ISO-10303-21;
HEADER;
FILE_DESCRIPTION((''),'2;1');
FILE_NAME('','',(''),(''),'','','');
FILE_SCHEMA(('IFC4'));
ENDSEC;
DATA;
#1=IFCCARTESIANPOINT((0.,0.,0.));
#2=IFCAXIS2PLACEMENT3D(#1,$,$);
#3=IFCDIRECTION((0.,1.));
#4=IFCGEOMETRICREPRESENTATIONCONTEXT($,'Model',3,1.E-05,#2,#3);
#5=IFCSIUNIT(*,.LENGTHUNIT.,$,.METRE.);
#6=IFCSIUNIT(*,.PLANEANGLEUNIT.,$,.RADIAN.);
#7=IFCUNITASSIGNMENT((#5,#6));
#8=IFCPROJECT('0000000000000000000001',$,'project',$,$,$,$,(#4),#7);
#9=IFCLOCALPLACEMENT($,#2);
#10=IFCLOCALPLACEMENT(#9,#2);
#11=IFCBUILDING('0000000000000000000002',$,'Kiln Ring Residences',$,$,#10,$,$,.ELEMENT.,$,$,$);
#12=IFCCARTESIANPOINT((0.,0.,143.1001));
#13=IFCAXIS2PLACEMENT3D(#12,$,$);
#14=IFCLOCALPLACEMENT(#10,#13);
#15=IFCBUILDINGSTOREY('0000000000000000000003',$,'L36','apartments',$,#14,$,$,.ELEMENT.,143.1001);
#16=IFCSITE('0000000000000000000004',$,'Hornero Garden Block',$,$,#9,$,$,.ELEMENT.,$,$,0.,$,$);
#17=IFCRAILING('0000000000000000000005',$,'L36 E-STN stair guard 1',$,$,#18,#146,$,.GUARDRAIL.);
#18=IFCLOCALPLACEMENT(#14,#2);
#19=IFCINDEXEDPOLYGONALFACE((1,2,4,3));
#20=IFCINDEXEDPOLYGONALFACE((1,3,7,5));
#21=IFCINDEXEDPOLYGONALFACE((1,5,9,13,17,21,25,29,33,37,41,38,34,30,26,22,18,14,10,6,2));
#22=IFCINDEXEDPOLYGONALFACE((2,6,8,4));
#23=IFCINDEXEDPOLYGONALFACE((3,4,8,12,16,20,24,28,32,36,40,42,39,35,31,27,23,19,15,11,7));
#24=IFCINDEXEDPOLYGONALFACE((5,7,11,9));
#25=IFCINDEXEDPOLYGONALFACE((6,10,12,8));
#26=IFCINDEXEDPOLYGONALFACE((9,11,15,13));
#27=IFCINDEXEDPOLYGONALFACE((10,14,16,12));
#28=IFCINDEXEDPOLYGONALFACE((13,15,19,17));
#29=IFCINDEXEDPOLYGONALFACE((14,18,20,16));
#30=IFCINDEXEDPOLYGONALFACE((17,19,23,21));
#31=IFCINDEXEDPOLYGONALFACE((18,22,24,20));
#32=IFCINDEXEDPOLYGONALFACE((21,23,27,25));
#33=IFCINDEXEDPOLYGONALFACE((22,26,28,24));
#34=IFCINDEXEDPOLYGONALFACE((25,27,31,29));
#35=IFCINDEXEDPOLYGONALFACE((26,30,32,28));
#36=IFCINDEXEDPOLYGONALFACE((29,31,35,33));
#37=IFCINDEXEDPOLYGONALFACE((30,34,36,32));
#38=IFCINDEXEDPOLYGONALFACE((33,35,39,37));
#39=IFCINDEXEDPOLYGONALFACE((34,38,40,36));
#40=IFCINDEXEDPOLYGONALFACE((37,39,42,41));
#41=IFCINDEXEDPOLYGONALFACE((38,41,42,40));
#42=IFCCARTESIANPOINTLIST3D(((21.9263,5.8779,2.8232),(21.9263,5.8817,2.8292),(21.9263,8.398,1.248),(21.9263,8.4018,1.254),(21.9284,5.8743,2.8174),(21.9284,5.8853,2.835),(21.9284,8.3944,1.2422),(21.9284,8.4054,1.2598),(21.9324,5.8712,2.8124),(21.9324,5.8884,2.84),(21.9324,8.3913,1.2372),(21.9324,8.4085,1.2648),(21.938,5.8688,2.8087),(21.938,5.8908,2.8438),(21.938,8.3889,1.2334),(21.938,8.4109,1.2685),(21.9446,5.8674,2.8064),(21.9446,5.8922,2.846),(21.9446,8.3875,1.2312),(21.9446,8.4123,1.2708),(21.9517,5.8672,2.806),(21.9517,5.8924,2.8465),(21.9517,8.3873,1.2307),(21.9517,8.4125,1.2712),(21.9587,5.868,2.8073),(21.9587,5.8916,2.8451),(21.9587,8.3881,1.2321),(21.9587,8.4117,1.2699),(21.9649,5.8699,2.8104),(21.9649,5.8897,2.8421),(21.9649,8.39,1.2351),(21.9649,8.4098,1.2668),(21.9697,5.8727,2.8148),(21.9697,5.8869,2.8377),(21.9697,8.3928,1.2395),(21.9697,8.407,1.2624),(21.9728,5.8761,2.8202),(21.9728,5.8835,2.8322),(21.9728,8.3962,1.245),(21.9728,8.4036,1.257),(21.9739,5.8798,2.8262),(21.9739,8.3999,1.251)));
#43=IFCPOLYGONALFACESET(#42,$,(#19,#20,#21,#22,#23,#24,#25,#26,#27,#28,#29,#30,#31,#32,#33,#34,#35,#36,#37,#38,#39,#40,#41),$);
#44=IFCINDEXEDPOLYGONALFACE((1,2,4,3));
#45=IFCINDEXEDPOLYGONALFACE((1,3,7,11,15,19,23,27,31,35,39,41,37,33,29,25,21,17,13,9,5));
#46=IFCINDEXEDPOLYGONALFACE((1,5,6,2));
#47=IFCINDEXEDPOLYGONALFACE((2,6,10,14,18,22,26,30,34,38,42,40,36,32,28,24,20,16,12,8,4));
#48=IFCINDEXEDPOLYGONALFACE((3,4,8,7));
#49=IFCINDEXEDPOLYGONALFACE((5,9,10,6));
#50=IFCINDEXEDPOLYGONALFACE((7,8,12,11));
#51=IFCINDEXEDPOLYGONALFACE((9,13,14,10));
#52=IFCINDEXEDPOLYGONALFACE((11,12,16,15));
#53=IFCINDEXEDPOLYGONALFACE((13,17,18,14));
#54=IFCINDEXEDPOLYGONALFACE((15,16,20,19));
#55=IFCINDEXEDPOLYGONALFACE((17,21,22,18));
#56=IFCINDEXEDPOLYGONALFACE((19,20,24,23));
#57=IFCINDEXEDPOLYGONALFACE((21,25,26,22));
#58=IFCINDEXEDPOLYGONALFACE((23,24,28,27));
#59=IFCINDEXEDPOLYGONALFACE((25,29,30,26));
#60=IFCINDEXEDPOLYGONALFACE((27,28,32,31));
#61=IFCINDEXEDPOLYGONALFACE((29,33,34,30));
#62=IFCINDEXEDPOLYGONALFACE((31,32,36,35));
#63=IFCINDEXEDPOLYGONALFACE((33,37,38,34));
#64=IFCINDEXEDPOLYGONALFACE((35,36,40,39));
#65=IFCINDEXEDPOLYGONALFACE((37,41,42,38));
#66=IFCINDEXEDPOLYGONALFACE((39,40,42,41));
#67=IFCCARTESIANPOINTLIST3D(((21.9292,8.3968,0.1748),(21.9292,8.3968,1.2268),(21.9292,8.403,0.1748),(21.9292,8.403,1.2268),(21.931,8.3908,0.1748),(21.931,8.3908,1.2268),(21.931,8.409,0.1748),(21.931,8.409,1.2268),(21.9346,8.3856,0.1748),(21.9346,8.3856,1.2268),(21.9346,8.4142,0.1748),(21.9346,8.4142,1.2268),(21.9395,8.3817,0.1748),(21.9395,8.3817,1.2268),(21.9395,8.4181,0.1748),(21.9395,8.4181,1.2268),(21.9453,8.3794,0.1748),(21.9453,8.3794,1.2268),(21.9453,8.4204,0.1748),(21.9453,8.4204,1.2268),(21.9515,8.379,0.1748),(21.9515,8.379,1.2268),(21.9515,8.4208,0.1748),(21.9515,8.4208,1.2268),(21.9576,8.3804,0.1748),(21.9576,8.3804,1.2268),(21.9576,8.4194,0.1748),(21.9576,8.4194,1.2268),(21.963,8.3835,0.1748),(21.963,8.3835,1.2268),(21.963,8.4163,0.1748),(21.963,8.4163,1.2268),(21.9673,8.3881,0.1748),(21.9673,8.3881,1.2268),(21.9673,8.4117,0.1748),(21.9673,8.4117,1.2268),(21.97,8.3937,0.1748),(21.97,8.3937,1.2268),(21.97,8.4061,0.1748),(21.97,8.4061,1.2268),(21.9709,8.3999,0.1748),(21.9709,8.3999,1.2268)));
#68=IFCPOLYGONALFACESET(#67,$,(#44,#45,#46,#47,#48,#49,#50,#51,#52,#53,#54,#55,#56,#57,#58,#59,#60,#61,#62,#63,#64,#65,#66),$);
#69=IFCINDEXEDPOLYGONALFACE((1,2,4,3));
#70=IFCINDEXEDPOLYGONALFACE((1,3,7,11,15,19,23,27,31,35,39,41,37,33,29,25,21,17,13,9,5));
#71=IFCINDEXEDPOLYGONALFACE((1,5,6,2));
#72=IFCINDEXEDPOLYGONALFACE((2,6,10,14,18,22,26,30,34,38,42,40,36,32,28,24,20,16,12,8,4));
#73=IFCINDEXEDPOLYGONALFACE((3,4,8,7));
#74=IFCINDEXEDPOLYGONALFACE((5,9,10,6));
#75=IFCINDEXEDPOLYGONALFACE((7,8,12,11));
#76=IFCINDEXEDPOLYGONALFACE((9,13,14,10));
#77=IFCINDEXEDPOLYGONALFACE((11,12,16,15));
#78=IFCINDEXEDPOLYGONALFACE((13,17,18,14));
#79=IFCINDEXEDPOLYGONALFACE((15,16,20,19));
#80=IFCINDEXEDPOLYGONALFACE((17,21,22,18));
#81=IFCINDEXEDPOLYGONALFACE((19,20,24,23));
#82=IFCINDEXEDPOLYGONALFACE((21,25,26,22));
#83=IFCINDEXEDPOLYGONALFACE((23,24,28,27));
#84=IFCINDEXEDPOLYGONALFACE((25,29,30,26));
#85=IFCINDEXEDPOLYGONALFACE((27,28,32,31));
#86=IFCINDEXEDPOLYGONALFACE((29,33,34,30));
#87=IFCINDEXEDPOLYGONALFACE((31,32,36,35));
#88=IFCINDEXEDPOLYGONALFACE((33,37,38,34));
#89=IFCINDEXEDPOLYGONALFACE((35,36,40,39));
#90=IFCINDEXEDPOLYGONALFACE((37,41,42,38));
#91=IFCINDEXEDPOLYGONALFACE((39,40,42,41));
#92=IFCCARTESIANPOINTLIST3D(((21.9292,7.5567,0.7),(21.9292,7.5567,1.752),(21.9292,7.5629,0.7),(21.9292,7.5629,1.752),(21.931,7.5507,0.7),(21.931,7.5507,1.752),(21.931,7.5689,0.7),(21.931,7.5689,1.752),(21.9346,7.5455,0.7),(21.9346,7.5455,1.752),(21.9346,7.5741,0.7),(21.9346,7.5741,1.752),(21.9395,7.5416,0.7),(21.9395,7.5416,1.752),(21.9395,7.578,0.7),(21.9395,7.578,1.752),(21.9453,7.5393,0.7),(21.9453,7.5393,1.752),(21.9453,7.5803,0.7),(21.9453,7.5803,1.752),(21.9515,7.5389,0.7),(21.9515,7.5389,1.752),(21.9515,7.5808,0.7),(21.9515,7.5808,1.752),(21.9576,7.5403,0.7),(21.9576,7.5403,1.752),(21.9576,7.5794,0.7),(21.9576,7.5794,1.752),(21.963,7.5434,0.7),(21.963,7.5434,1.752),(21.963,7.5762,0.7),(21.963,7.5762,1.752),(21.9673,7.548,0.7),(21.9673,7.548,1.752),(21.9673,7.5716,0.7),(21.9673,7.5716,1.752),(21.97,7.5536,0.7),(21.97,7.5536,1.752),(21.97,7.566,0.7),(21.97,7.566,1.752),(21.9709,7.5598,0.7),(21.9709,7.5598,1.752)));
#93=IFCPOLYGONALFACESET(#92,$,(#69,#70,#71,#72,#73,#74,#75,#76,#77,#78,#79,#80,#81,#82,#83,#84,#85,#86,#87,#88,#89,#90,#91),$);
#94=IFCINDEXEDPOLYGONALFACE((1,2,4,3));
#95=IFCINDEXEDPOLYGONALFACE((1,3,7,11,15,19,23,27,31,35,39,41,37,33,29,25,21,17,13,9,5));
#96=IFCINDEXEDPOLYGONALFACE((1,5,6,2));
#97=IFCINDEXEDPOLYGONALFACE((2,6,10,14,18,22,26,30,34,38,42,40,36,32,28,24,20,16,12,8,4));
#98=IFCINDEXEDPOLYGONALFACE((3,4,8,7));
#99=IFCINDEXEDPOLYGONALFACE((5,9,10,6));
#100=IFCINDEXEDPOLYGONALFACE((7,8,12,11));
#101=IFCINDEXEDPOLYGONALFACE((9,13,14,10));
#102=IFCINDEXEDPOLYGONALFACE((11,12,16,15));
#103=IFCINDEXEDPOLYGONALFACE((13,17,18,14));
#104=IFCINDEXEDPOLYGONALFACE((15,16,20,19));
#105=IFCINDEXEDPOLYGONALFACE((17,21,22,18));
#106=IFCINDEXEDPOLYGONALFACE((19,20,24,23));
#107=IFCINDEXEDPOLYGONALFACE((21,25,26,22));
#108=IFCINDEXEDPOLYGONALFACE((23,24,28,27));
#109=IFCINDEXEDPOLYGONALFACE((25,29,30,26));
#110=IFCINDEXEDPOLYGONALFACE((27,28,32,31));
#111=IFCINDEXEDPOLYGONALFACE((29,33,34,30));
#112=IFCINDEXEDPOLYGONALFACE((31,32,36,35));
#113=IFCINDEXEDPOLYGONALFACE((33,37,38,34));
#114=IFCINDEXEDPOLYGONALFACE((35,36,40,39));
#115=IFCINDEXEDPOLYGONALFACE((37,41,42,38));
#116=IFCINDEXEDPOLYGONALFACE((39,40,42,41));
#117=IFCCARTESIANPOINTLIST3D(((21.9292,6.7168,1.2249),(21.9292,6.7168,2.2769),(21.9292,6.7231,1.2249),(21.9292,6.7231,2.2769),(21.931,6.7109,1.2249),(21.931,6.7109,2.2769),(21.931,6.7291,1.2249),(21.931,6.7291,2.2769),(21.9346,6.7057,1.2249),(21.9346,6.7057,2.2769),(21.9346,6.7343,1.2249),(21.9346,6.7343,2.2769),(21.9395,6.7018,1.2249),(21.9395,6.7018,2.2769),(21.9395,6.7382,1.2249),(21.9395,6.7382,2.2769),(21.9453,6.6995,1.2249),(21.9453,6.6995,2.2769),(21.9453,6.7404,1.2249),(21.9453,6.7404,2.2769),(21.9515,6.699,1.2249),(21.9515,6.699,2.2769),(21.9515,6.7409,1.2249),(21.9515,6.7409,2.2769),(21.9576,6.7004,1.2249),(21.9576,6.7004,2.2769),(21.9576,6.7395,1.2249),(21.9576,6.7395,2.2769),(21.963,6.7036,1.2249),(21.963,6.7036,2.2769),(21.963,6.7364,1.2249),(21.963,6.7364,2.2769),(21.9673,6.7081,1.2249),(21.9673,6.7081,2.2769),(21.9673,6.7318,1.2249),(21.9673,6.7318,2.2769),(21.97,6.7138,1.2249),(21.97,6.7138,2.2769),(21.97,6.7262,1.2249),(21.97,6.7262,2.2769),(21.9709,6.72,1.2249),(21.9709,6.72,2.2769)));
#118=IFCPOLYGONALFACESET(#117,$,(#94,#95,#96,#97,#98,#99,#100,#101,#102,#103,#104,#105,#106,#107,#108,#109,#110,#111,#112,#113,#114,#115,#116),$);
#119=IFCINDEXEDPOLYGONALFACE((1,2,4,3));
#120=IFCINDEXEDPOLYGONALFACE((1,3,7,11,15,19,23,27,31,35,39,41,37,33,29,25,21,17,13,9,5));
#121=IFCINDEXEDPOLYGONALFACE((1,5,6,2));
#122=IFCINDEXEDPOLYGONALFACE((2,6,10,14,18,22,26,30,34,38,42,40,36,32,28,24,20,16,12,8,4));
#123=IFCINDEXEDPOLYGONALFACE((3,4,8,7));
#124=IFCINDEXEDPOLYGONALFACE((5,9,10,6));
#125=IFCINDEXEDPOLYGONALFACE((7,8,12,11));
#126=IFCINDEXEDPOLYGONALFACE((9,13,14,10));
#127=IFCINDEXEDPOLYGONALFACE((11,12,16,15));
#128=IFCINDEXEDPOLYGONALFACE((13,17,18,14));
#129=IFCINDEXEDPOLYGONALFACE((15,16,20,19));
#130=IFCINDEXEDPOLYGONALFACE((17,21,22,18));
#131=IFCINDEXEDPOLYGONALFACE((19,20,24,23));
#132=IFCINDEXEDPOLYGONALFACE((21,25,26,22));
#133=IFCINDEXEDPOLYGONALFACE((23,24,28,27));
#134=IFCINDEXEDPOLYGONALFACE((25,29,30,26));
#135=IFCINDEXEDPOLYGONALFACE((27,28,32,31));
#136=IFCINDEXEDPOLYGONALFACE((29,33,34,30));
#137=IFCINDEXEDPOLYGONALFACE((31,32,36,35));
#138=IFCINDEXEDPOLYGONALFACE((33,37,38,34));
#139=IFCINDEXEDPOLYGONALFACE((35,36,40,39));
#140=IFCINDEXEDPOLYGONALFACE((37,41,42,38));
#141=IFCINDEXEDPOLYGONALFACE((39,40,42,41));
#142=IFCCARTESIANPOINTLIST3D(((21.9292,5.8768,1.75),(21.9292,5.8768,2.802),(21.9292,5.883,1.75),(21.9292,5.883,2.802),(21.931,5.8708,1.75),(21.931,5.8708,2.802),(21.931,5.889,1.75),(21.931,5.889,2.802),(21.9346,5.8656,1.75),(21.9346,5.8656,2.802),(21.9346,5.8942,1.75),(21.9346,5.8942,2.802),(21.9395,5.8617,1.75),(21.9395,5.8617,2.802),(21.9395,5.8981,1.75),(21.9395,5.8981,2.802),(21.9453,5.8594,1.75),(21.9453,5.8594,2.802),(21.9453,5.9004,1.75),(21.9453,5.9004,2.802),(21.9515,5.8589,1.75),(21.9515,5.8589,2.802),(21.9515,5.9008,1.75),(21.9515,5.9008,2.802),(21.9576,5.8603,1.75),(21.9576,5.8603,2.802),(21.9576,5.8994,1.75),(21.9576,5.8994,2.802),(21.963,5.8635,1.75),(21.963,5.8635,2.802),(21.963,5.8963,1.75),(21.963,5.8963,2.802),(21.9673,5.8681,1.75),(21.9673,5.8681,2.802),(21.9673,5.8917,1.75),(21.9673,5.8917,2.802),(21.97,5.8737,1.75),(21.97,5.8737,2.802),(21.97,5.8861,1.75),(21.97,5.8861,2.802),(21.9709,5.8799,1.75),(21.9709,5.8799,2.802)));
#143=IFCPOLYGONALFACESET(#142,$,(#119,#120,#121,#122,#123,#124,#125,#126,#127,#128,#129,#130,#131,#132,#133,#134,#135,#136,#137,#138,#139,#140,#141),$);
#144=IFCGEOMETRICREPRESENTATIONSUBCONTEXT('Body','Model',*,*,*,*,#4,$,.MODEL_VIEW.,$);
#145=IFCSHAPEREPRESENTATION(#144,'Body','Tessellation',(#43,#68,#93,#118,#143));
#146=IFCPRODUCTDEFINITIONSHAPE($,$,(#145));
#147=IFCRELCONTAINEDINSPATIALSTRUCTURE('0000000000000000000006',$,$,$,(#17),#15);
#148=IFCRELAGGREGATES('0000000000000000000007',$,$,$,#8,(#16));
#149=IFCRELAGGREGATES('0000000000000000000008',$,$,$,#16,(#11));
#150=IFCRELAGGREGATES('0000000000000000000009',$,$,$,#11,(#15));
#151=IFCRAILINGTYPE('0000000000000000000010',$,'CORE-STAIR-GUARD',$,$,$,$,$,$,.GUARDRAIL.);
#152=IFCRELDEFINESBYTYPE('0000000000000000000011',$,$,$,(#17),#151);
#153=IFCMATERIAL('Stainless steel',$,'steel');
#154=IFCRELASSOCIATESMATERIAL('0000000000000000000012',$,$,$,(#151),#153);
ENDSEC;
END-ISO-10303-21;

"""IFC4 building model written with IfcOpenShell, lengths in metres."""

from ifc_helpers import new_model, si_unit, direction, frame, origin, origin_2d, place, context, subcontext, project, spatial, circle, extrude, material, type_object, element, save


model = new_model("IFC4")

# Units and contexts
model_context = context("Model", 3, precision=1e-05, world=origin(), true_north=direction((0.0, 1.0)))
body_context = subcontext(model_context, "Body", "Model", "MODEL_VIEW")
ifc_project = project(units=[si_unit("LENGTHUNIT", "METRE"), si_unit("PLANEANGLEUNIT", "RADIAN")], contexts=[model_context])

# Site, building, storey
site_placement = place(None, origin())
site = spatial("IfcSite", under=ifc_project, at=site_placement, Name="Hornero Garden Block", CompositionType="ELEMENT", RefElevation=0.0)
building_placement = place(site_placement, origin())
building = spatial("IfcBuilding", under=site, at=building_placement, Name="Kiln Ring Residences", CompositionType="ELEMENT")
storey_placement = place(building_placement, frame((0.0, 0.0, 143.1001)))
storey = spatial("IfcBuildingStorey", under=building, at=storey_placement, Name="L36", Description="apartments", CompositionType="ELEMENT", Elevation=143.1001)

# Railing
ifc_material_1 = material(Name="Stainless steel", Category="steel")
railing_type_1 = type_object("IfcRailingType", Name="CORE-STAIR-GUARD", PredefinedType="GUARDRAIL", material=ifc_material_1)
railing_1_placement = place(storey_placement, frame((21.95, 8.3999, 0.1748)))
element("IfcRailing", 1, at=railing_1_placement, inside=storey, type_object=railing_type_1, Name="L36 E-STN stair guard 1", PredefinedType="GUARDRAIL", context=body_context, shape_type="SweptSolid", body=[
    extrude(circle(Radius=0.0239, at=origin_2d()), frame((0.0, 0.0, 1.0762), z_axis=(0.0, -0.847971, 0.530043), x_axis=(1.0, 0.0, 0.0)), (0.0, 0.0, 1.0), 2.9719),
    extrude(circle(Radius=0.021, at=origin_2d()), origin(), (0.0, 0.0, 1.0), 1.052),
    extrude(circle(Radius=0.021, at=origin_2d()), frame((0.0, -0.8401, 0.5251)), (0.0, 0.0, 1.0), 1.052),
    extrude(circle(Radius=0.021, at=origin_2d()), frame((0.0, -1.6799, 1.05)), (0.0, 0.0, 1.0), 1.052),
    extrude(circle(Radius=0.021, at=origin_2d()), frame((0.0, -2.52, 1.5752)), (0.0, 0.0, 1.0), 1.052),
])

save(model, "model.ifc")
